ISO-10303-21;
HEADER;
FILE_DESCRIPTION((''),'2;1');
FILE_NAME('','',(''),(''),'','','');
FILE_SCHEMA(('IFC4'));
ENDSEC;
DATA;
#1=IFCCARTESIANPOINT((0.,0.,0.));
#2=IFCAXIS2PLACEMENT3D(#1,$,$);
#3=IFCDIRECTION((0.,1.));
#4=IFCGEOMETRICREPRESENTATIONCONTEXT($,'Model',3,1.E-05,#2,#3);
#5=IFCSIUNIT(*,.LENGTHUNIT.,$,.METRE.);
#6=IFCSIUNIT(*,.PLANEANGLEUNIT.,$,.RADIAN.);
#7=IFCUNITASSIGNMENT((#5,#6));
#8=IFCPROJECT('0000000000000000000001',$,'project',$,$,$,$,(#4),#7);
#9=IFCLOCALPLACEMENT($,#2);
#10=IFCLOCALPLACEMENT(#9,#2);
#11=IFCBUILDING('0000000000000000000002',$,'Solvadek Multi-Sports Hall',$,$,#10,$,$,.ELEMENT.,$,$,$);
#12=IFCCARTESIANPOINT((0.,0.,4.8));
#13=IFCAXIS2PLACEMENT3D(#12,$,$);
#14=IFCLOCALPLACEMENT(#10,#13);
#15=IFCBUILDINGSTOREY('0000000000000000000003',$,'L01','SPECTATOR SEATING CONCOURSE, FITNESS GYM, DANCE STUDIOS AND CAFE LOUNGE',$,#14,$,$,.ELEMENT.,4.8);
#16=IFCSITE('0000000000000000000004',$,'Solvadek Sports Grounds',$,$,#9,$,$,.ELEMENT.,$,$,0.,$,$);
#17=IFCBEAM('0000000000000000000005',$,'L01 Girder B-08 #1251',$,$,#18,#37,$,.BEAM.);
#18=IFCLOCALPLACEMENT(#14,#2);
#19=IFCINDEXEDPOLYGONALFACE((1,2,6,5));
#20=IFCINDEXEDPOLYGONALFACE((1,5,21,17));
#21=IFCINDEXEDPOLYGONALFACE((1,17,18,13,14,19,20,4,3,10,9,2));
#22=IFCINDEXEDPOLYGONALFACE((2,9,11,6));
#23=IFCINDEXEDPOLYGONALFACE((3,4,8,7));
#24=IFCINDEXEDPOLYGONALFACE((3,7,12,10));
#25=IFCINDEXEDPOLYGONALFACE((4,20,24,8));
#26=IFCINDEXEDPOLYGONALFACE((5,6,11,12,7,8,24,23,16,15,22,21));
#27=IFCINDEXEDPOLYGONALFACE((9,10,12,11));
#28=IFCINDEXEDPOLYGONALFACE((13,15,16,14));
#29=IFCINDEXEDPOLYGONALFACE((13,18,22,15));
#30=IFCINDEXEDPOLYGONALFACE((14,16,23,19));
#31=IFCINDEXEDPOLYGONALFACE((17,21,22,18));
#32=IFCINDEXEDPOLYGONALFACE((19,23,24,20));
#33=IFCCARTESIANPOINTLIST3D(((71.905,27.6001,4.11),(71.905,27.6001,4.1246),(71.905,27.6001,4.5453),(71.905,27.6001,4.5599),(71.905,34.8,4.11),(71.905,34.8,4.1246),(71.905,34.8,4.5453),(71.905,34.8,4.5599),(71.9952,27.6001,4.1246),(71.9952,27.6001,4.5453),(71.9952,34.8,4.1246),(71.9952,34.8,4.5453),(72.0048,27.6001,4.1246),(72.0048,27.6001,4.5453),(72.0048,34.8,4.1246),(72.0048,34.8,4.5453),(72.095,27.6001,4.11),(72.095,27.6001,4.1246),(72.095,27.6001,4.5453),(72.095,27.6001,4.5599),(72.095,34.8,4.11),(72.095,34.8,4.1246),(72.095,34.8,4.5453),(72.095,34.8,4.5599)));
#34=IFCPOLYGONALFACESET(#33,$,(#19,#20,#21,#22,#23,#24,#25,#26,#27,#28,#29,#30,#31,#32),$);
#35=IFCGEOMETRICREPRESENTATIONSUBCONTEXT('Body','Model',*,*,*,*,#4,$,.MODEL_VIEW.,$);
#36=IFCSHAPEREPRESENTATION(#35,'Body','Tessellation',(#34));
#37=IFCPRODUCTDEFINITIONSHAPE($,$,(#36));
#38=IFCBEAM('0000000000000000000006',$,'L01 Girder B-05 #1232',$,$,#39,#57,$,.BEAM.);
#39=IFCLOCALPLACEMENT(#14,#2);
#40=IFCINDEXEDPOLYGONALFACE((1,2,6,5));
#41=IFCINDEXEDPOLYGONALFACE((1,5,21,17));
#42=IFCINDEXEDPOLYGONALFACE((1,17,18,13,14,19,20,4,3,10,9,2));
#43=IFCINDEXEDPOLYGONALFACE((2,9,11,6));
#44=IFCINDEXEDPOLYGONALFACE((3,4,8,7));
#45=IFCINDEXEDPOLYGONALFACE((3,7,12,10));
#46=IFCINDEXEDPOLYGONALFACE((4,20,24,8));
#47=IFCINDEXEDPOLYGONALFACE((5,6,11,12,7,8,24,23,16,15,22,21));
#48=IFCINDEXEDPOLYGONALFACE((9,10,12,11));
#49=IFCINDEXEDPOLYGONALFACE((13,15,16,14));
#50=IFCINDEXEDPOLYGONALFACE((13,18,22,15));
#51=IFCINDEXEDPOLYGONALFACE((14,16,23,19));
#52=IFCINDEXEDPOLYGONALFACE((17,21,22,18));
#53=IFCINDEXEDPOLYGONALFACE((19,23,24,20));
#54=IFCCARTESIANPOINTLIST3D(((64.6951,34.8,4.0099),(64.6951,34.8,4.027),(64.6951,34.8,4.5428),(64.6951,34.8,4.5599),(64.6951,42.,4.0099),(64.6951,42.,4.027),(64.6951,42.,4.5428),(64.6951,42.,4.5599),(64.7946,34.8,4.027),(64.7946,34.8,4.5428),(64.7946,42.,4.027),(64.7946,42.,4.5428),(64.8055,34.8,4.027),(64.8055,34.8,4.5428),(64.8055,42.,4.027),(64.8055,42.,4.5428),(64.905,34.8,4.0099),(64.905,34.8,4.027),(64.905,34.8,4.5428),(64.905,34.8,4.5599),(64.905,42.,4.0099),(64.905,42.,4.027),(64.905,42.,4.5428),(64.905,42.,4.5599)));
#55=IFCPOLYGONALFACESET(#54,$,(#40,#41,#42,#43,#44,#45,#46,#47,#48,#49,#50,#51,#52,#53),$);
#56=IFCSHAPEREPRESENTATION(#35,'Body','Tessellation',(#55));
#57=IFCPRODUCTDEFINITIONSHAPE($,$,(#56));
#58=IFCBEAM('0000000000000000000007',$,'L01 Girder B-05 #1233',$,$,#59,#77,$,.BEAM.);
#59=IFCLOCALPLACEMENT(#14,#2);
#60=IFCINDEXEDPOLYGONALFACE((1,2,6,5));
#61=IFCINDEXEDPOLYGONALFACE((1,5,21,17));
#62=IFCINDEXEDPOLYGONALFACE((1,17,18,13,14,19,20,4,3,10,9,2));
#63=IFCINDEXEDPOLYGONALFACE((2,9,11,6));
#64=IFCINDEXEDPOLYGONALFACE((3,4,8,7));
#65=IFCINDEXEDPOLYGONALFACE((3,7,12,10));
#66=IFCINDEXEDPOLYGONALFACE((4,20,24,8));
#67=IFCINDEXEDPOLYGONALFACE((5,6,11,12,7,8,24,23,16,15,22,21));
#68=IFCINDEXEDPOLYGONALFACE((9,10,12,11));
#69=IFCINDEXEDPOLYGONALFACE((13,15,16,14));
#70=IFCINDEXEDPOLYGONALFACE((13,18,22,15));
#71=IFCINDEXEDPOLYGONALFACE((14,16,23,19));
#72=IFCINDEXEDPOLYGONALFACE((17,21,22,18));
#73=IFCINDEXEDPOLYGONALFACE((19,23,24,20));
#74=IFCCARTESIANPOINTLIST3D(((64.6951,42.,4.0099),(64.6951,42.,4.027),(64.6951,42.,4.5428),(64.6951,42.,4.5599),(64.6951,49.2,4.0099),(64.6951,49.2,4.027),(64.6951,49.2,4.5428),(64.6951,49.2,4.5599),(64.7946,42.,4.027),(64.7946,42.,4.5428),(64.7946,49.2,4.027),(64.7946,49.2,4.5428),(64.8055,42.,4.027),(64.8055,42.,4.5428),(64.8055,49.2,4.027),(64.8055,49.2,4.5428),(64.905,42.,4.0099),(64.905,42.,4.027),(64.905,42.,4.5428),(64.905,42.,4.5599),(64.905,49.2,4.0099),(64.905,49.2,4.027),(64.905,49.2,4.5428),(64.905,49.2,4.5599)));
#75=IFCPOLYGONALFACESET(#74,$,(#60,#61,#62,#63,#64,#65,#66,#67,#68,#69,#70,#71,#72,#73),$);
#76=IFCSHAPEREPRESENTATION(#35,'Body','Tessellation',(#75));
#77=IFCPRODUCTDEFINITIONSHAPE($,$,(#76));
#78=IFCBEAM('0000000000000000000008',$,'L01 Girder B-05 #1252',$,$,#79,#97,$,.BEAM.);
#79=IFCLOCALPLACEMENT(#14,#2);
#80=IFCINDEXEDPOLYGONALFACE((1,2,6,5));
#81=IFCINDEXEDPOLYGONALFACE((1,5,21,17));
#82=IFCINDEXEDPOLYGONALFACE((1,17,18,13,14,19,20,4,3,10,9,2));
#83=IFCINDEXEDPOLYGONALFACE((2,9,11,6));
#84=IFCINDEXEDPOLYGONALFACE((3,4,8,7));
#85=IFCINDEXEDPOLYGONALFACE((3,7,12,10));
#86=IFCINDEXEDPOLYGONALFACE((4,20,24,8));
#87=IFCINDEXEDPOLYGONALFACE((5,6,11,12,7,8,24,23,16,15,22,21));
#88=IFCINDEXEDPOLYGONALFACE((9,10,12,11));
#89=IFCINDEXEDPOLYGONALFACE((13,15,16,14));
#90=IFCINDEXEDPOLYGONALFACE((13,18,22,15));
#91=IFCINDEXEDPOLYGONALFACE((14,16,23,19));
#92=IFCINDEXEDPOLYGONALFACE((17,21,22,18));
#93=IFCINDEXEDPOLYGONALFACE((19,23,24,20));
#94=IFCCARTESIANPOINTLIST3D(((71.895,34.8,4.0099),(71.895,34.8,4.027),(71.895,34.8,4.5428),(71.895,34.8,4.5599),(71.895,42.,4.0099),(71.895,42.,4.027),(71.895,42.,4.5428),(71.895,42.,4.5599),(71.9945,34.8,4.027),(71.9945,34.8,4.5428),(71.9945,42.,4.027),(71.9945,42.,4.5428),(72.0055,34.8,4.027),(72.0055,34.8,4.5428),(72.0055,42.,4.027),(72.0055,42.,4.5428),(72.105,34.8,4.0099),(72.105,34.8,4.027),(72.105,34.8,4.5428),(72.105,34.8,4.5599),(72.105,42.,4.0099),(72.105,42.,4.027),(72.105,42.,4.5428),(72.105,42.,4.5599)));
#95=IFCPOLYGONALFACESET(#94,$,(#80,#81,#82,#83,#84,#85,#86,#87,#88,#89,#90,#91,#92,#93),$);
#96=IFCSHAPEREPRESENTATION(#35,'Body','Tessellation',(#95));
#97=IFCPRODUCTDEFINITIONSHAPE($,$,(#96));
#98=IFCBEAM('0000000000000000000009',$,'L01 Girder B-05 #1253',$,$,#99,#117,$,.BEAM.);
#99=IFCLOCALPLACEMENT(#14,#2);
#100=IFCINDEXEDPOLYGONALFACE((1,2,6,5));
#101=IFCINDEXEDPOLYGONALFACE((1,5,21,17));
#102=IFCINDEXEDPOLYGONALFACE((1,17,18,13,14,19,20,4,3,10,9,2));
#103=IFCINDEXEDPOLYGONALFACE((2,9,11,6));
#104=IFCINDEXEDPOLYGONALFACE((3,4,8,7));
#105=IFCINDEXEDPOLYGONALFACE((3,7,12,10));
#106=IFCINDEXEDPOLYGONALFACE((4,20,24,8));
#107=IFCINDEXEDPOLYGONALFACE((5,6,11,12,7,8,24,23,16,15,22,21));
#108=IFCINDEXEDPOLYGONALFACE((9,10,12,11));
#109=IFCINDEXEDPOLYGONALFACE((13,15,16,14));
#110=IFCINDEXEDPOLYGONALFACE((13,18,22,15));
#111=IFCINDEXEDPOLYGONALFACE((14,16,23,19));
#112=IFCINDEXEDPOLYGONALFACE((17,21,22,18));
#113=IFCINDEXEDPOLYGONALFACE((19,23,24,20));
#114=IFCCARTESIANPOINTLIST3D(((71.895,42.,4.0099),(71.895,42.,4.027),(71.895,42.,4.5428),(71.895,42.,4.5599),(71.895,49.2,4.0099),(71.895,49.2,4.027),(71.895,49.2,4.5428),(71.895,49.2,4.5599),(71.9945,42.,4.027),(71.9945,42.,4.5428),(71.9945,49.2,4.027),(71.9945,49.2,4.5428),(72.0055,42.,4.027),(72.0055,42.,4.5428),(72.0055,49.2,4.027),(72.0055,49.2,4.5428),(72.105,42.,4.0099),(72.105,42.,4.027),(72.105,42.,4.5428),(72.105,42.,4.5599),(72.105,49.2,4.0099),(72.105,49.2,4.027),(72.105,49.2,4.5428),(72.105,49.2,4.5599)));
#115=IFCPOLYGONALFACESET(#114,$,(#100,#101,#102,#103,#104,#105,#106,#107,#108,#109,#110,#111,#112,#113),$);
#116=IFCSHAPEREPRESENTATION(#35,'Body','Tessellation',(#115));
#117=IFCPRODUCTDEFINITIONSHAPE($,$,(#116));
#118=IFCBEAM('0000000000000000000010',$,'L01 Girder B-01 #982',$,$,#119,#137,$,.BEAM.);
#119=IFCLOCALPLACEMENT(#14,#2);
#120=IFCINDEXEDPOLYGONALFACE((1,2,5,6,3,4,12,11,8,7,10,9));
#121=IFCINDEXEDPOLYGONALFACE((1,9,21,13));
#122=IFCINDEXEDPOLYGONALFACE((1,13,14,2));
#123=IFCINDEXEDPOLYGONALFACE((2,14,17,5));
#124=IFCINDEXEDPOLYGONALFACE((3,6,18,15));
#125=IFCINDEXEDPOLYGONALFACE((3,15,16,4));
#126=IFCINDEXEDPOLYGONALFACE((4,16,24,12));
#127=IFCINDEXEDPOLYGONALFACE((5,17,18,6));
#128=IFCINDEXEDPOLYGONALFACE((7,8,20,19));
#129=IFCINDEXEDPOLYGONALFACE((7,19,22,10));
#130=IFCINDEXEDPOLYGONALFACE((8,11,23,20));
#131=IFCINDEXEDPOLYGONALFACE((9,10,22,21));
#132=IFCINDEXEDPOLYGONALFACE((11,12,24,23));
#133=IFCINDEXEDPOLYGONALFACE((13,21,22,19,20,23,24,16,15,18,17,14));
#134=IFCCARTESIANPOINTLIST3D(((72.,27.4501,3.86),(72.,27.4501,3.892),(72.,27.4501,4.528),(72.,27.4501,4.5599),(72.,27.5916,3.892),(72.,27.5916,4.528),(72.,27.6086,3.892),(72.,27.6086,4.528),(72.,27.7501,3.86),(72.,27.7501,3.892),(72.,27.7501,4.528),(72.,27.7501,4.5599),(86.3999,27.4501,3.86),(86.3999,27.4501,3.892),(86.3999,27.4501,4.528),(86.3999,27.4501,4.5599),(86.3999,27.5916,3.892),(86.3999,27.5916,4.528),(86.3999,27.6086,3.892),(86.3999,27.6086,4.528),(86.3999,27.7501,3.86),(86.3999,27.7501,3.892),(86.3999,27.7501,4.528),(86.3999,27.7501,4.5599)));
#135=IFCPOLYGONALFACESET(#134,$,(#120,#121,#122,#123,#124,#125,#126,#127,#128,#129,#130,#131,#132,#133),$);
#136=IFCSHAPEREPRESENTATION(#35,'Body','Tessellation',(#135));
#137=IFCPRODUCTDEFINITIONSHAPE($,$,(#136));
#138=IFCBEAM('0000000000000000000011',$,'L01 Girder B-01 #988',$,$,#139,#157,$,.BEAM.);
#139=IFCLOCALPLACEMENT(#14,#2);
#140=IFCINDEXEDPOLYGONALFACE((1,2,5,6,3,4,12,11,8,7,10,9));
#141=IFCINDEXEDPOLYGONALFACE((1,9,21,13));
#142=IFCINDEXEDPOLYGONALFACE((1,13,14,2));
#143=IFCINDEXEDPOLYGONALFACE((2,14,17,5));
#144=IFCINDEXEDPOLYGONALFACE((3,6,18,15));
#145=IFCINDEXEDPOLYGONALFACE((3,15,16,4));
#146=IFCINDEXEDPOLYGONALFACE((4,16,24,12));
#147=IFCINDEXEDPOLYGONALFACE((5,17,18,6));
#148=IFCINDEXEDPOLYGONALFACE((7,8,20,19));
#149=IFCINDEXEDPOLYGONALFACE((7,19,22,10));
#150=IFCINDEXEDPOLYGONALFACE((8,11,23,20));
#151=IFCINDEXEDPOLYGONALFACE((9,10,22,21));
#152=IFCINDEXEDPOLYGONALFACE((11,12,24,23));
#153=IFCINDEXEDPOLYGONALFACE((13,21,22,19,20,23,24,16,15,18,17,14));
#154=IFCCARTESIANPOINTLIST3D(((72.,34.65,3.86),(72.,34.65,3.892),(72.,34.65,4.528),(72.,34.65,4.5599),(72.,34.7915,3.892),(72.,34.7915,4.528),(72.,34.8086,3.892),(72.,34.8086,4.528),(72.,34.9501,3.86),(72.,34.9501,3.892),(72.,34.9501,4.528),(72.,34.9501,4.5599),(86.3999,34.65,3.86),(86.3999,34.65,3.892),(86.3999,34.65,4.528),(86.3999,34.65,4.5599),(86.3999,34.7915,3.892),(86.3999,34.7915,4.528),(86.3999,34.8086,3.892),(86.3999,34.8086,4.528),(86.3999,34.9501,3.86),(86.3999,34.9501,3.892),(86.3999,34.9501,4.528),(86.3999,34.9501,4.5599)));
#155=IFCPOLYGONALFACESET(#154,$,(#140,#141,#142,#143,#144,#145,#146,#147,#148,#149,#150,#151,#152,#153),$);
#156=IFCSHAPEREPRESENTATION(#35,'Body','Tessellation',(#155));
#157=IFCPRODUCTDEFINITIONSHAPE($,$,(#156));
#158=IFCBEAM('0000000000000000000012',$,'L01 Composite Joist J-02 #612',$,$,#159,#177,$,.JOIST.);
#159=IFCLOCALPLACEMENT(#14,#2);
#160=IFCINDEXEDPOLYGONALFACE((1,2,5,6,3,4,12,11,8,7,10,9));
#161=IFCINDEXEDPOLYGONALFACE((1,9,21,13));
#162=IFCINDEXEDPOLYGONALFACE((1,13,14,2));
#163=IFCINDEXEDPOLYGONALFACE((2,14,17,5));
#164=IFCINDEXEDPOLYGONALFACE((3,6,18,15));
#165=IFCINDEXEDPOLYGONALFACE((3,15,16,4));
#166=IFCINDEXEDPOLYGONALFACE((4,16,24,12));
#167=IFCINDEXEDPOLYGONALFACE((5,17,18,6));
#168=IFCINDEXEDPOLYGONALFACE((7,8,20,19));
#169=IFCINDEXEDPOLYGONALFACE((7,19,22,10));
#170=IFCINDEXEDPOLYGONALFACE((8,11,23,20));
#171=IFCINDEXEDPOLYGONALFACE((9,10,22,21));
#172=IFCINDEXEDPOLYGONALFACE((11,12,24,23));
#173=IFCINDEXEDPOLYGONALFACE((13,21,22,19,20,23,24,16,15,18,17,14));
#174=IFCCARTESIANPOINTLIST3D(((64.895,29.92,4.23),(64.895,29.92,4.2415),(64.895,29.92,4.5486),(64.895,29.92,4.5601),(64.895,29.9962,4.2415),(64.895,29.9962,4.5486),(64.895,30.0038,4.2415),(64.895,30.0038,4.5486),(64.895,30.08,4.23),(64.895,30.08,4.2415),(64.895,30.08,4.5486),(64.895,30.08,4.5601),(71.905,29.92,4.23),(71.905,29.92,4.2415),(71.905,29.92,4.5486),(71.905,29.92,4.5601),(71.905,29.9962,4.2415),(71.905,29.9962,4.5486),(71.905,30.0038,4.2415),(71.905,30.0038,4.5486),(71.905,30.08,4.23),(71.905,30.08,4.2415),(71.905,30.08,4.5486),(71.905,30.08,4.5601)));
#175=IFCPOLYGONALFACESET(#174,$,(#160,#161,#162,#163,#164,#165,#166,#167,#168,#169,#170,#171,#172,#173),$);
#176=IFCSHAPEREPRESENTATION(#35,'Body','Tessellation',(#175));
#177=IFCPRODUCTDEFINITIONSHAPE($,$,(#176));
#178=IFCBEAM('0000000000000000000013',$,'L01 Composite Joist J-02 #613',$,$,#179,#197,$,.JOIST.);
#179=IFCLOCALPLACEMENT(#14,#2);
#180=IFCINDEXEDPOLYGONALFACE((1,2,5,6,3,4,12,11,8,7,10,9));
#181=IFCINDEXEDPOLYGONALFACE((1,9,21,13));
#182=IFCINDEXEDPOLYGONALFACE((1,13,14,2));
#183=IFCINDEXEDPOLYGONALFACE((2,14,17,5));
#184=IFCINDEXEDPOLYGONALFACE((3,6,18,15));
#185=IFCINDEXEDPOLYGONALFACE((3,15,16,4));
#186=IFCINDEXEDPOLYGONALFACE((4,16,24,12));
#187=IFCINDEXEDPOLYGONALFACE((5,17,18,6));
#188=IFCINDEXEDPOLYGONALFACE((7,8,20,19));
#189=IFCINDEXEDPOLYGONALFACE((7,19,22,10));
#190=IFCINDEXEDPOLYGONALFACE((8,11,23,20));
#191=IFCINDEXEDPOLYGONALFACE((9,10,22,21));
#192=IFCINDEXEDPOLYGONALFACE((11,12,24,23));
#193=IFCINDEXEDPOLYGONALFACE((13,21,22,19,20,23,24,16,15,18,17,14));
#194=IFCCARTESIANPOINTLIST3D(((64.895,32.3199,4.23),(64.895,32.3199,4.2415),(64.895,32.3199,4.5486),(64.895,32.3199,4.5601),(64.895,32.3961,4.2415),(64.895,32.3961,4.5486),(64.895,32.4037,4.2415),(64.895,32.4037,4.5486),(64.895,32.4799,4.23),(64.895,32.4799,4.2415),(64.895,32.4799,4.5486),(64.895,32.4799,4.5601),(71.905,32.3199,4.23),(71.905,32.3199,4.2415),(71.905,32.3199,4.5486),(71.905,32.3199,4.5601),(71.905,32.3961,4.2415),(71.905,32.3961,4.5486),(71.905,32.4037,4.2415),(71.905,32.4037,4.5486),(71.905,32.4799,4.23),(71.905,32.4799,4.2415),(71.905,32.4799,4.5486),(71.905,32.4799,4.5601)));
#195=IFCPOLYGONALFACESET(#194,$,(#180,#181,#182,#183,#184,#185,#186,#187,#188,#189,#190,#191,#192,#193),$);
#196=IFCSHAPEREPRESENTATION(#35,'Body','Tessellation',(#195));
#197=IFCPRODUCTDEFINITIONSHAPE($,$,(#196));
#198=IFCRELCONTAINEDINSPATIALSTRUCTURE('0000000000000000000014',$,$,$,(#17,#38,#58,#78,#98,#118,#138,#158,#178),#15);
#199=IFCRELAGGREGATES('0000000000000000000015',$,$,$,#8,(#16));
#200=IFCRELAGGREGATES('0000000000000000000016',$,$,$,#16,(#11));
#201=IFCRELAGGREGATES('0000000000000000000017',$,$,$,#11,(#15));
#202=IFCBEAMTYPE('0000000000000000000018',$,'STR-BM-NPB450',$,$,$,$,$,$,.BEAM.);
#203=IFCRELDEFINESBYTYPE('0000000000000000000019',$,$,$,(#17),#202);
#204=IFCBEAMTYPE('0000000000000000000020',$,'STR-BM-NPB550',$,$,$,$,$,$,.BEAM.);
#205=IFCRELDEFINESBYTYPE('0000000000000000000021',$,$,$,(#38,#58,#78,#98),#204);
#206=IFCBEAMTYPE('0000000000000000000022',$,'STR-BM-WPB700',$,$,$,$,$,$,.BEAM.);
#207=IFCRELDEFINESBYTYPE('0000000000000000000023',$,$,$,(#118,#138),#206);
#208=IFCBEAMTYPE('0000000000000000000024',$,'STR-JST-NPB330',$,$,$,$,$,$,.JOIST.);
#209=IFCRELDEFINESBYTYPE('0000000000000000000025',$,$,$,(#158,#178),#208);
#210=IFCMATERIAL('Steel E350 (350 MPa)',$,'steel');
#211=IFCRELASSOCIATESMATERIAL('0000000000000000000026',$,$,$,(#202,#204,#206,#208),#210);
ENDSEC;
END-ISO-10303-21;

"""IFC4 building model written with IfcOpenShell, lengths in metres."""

from ifc_helpers import new_model, si_unit, direction, frame, origin, origin_2d, place, context, subcontext, project, spatial, i_section, extrude, material, material_profile, profile_set, type_object, element, save


model = new_model("IFC4")

# Units and contexts
model_context = context("Model", 3, precision=1e-05, world=origin(), true_north=direction((0.0, 1.0)))
body_context = subcontext(model_context, "Body", "Model", "MODEL_VIEW")
ifc_project = project(units=[si_unit("LENGTHUNIT", "METRE"), si_unit("PLANEANGLEUNIT", "RADIAN")], contexts=[model_context])

# Site, building, storey
site_placement = place(None, origin())
site = spatial("IfcSite", under=ifc_project, at=site_placement, Name="Solvadek Sports Grounds", CompositionType="ELEMENT", RefElevation=0.0)
building_placement = place(site_placement, origin())
building = spatial("IfcBuilding", under=site, at=building_placement, Name="Solvadek Multi-Sports Hall", CompositionType="ELEMENT")
storey_placement = place(building_placement, frame((0.0, 0.0, 4.8)))
storey = spatial("IfcBuildingStorey", under=building, at=storey_placement, Name="L01", Description="SPECTATOR SEATING CONCOURSE, FITNESS GYM, DANCE STUDIOS AND CAFE LOUNGE", CompositionType="ELEMENT", Elevation=4.8)

# Shared definitions
ifc_material_1 = material(Name="Steel E350 (350 MPa)", Category="steel")

# Beams
ifc_material_profile_1 = material_profile(ifc_material_1, i_section(OverallWidth=0.1899, OverallDepth=0.45, WebThickness=0.0095, FlangeThickness=0.0146, at=origin_2d()), Name="NPB 450")
ifc_profile_set_1 = profile_set([ifc_material_profile_1], Name="Steel E350 (350 MPa)")
beam_type_1 = type_object("IfcBeamType", Name="STR-BM-NPB450", PredefinedType="BEAM", material=ifc_profile_set_1)
beam_placement = place(storey_placement, frame((72.0, 27.6001, 4.335), z_axis=(0.0, 1.0, 0.0), x_axis=(-1.0, 0.0, 0.0)))
element("IfcBeam", 1, at=beam_placement, inside=storey, type_object=beam_type_1, Name="L01 Girder B-08 #1251", PredefinedType="BEAM", context=body_context, shape_type="SweptSolid", body=[
    extrude(i_section(OverallWidth=0.1899, OverallDepth=0.45, WebThickness=0.0095, FlangeThickness=0.0146, at=origin_2d()), origin(), (0.0, 0.0, 1.0), 7.2),
])
ifc_material_profile_2 = material_profile(ifc_material_1, i_section(OverallWidth=0.21, OverallDepth=0.55, WebThickness=0.011, FlangeThickness=0.0171, at=origin_2d()), Name="NPB 550")
ifc_profile_set_2 = profile_set([ifc_material_profile_2], Name="Steel E350 (350 MPa)")
beam_type_2 = type_object("IfcBeamType", Name="STR-BM-NPB550", PredefinedType="BEAM", material=ifc_profile_set_2)
for number, where, z_axis, x_axis, name in (
    (2, (64.8, 34.8, 4.2849), (0.0, 1.0, 0.0), (-1.0, 0.0, 0.0), "L01 Girder B-05 #1232"),
    (3, (64.8, 42.0, 4.2849), (0.0, 1.0, 0.0), (-1.0, 0.0, 0.0), "L01 Girder B-05 #1233"),
    (4, (72.0, 34.8, 4.2849), (0.0, 1.0, 0.0), (-1.0, 0.0, 0.0), "L01 Girder B-05 #1252"),
    (5, (72.0, 42.0, 4.2849), (0.0, 1.0, 0.0), (-1.0, 0.0, 0.0), "L01 Girder B-05 #1253"),
):
    element("IfcBeam", number, at=place(storey_placement, frame(where, z_axis=z_axis, x_axis=x_axis)), inside=storey, type_object=beam_type_2, Name=name, PredefinedType="BEAM", context=body_context, shape_type="SweptSolid", body=[
        extrude(i_section(OverallWidth=0.21, OverallDepth=0.55, WebThickness=0.011, FlangeThickness=0.0171, at=origin_2d()), origin(), (0.0, 0.0, 1.0), 7.2),
    ])
ifc_material_profile_3 = material_profile(ifc_material_1, i_section(OverallWidth=0.3, OverallDepth=0.7, WebThickness=0.0171, FlangeThickness=0.032, at=origin_2d()), Name="WPB 700")
ifc_profile_set_3 = profile_set([ifc_material_profile_3], Name="Steel E350 (350 MPa)")
beam_type_3 = type_object("IfcBeamType", Name="STR-BM-WPB700", PredefinedType="BEAM", material=ifc_profile_set_3)
for number, where, z_axis, x_axis, name in (
    (6, (72.0, 27.6001, 4.21), (1.0, 0.0, 0.0), (0.0, 1.0, 0.0), "L01 Girder B-01 #982"),
    (7, (72.0, 34.8, 4.21), (1.0, 0.0, 0.0), (0.0, 1.0, 0.0), "L01 Girder B-01 #988"),
):
    element("IfcBeam", number, at=place(storey_placement, frame(where, z_axis=z_axis, x_axis=x_axis)), inside=storey, type_object=beam_type_3, Name=name, PredefinedType="BEAM", context=body_context, shape_type="SweptSolid", body=[
        extrude(i_section(OverallWidth=0.3, OverallDepth=0.7, WebThickness=0.0171, FlangeThickness=0.032, at=origin_2d()), origin(), (0.0, 0.0, 1.0), 14.3999),
    ])
ifc_material_profile_4 = material_profile(ifc_material_1, i_section(OverallWidth=0.1599, OverallDepth=0.3301, WebThickness=0.0076, FlangeThickness=0.0115, at=origin_2d()), Name="NPB 330")
ifc_profile_set_4 = profile_set([ifc_material_profile_4], Name="Steel E350 (350 MPa)")
beam_type_4 = type_object("IfcBeamType", Name="STR-JST-NPB330", PredefinedType="JOIST", material=ifc_profile_set_4)
for number, where, z_axis, x_axis, name in (
    (8, (64.895, 30.0, 4.395), (1.0, 0.0, 0.0), (0.0, 1.0, 0.0), "L01 Composite Joist J-02 #612"),
    (9, (64.895, 32.3999, 4.395), (1.0, 0.0, 0.0), (0.0, 1.0, 0.0), "L01 Composite Joist J-02 #613"),
):
    element("IfcBeam", number, at=place(storey_placement, frame(where, z_axis=z_axis, x_axis=x_axis)), inside=storey, type_object=beam_type_4, Name=name, PredefinedType="JOIST", context=body_context, shape_type="SweptSolid", body=[
        extrude(i_section(OverallWidth=0.1599, OverallDepth=0.3301, WebThickness=0.0076, FlangeThickness=0.0115, at=origin_2d()), origin(), (0.0, 0.0, 1.0), 7.01),
    ])

save(model, "model.ifc")
